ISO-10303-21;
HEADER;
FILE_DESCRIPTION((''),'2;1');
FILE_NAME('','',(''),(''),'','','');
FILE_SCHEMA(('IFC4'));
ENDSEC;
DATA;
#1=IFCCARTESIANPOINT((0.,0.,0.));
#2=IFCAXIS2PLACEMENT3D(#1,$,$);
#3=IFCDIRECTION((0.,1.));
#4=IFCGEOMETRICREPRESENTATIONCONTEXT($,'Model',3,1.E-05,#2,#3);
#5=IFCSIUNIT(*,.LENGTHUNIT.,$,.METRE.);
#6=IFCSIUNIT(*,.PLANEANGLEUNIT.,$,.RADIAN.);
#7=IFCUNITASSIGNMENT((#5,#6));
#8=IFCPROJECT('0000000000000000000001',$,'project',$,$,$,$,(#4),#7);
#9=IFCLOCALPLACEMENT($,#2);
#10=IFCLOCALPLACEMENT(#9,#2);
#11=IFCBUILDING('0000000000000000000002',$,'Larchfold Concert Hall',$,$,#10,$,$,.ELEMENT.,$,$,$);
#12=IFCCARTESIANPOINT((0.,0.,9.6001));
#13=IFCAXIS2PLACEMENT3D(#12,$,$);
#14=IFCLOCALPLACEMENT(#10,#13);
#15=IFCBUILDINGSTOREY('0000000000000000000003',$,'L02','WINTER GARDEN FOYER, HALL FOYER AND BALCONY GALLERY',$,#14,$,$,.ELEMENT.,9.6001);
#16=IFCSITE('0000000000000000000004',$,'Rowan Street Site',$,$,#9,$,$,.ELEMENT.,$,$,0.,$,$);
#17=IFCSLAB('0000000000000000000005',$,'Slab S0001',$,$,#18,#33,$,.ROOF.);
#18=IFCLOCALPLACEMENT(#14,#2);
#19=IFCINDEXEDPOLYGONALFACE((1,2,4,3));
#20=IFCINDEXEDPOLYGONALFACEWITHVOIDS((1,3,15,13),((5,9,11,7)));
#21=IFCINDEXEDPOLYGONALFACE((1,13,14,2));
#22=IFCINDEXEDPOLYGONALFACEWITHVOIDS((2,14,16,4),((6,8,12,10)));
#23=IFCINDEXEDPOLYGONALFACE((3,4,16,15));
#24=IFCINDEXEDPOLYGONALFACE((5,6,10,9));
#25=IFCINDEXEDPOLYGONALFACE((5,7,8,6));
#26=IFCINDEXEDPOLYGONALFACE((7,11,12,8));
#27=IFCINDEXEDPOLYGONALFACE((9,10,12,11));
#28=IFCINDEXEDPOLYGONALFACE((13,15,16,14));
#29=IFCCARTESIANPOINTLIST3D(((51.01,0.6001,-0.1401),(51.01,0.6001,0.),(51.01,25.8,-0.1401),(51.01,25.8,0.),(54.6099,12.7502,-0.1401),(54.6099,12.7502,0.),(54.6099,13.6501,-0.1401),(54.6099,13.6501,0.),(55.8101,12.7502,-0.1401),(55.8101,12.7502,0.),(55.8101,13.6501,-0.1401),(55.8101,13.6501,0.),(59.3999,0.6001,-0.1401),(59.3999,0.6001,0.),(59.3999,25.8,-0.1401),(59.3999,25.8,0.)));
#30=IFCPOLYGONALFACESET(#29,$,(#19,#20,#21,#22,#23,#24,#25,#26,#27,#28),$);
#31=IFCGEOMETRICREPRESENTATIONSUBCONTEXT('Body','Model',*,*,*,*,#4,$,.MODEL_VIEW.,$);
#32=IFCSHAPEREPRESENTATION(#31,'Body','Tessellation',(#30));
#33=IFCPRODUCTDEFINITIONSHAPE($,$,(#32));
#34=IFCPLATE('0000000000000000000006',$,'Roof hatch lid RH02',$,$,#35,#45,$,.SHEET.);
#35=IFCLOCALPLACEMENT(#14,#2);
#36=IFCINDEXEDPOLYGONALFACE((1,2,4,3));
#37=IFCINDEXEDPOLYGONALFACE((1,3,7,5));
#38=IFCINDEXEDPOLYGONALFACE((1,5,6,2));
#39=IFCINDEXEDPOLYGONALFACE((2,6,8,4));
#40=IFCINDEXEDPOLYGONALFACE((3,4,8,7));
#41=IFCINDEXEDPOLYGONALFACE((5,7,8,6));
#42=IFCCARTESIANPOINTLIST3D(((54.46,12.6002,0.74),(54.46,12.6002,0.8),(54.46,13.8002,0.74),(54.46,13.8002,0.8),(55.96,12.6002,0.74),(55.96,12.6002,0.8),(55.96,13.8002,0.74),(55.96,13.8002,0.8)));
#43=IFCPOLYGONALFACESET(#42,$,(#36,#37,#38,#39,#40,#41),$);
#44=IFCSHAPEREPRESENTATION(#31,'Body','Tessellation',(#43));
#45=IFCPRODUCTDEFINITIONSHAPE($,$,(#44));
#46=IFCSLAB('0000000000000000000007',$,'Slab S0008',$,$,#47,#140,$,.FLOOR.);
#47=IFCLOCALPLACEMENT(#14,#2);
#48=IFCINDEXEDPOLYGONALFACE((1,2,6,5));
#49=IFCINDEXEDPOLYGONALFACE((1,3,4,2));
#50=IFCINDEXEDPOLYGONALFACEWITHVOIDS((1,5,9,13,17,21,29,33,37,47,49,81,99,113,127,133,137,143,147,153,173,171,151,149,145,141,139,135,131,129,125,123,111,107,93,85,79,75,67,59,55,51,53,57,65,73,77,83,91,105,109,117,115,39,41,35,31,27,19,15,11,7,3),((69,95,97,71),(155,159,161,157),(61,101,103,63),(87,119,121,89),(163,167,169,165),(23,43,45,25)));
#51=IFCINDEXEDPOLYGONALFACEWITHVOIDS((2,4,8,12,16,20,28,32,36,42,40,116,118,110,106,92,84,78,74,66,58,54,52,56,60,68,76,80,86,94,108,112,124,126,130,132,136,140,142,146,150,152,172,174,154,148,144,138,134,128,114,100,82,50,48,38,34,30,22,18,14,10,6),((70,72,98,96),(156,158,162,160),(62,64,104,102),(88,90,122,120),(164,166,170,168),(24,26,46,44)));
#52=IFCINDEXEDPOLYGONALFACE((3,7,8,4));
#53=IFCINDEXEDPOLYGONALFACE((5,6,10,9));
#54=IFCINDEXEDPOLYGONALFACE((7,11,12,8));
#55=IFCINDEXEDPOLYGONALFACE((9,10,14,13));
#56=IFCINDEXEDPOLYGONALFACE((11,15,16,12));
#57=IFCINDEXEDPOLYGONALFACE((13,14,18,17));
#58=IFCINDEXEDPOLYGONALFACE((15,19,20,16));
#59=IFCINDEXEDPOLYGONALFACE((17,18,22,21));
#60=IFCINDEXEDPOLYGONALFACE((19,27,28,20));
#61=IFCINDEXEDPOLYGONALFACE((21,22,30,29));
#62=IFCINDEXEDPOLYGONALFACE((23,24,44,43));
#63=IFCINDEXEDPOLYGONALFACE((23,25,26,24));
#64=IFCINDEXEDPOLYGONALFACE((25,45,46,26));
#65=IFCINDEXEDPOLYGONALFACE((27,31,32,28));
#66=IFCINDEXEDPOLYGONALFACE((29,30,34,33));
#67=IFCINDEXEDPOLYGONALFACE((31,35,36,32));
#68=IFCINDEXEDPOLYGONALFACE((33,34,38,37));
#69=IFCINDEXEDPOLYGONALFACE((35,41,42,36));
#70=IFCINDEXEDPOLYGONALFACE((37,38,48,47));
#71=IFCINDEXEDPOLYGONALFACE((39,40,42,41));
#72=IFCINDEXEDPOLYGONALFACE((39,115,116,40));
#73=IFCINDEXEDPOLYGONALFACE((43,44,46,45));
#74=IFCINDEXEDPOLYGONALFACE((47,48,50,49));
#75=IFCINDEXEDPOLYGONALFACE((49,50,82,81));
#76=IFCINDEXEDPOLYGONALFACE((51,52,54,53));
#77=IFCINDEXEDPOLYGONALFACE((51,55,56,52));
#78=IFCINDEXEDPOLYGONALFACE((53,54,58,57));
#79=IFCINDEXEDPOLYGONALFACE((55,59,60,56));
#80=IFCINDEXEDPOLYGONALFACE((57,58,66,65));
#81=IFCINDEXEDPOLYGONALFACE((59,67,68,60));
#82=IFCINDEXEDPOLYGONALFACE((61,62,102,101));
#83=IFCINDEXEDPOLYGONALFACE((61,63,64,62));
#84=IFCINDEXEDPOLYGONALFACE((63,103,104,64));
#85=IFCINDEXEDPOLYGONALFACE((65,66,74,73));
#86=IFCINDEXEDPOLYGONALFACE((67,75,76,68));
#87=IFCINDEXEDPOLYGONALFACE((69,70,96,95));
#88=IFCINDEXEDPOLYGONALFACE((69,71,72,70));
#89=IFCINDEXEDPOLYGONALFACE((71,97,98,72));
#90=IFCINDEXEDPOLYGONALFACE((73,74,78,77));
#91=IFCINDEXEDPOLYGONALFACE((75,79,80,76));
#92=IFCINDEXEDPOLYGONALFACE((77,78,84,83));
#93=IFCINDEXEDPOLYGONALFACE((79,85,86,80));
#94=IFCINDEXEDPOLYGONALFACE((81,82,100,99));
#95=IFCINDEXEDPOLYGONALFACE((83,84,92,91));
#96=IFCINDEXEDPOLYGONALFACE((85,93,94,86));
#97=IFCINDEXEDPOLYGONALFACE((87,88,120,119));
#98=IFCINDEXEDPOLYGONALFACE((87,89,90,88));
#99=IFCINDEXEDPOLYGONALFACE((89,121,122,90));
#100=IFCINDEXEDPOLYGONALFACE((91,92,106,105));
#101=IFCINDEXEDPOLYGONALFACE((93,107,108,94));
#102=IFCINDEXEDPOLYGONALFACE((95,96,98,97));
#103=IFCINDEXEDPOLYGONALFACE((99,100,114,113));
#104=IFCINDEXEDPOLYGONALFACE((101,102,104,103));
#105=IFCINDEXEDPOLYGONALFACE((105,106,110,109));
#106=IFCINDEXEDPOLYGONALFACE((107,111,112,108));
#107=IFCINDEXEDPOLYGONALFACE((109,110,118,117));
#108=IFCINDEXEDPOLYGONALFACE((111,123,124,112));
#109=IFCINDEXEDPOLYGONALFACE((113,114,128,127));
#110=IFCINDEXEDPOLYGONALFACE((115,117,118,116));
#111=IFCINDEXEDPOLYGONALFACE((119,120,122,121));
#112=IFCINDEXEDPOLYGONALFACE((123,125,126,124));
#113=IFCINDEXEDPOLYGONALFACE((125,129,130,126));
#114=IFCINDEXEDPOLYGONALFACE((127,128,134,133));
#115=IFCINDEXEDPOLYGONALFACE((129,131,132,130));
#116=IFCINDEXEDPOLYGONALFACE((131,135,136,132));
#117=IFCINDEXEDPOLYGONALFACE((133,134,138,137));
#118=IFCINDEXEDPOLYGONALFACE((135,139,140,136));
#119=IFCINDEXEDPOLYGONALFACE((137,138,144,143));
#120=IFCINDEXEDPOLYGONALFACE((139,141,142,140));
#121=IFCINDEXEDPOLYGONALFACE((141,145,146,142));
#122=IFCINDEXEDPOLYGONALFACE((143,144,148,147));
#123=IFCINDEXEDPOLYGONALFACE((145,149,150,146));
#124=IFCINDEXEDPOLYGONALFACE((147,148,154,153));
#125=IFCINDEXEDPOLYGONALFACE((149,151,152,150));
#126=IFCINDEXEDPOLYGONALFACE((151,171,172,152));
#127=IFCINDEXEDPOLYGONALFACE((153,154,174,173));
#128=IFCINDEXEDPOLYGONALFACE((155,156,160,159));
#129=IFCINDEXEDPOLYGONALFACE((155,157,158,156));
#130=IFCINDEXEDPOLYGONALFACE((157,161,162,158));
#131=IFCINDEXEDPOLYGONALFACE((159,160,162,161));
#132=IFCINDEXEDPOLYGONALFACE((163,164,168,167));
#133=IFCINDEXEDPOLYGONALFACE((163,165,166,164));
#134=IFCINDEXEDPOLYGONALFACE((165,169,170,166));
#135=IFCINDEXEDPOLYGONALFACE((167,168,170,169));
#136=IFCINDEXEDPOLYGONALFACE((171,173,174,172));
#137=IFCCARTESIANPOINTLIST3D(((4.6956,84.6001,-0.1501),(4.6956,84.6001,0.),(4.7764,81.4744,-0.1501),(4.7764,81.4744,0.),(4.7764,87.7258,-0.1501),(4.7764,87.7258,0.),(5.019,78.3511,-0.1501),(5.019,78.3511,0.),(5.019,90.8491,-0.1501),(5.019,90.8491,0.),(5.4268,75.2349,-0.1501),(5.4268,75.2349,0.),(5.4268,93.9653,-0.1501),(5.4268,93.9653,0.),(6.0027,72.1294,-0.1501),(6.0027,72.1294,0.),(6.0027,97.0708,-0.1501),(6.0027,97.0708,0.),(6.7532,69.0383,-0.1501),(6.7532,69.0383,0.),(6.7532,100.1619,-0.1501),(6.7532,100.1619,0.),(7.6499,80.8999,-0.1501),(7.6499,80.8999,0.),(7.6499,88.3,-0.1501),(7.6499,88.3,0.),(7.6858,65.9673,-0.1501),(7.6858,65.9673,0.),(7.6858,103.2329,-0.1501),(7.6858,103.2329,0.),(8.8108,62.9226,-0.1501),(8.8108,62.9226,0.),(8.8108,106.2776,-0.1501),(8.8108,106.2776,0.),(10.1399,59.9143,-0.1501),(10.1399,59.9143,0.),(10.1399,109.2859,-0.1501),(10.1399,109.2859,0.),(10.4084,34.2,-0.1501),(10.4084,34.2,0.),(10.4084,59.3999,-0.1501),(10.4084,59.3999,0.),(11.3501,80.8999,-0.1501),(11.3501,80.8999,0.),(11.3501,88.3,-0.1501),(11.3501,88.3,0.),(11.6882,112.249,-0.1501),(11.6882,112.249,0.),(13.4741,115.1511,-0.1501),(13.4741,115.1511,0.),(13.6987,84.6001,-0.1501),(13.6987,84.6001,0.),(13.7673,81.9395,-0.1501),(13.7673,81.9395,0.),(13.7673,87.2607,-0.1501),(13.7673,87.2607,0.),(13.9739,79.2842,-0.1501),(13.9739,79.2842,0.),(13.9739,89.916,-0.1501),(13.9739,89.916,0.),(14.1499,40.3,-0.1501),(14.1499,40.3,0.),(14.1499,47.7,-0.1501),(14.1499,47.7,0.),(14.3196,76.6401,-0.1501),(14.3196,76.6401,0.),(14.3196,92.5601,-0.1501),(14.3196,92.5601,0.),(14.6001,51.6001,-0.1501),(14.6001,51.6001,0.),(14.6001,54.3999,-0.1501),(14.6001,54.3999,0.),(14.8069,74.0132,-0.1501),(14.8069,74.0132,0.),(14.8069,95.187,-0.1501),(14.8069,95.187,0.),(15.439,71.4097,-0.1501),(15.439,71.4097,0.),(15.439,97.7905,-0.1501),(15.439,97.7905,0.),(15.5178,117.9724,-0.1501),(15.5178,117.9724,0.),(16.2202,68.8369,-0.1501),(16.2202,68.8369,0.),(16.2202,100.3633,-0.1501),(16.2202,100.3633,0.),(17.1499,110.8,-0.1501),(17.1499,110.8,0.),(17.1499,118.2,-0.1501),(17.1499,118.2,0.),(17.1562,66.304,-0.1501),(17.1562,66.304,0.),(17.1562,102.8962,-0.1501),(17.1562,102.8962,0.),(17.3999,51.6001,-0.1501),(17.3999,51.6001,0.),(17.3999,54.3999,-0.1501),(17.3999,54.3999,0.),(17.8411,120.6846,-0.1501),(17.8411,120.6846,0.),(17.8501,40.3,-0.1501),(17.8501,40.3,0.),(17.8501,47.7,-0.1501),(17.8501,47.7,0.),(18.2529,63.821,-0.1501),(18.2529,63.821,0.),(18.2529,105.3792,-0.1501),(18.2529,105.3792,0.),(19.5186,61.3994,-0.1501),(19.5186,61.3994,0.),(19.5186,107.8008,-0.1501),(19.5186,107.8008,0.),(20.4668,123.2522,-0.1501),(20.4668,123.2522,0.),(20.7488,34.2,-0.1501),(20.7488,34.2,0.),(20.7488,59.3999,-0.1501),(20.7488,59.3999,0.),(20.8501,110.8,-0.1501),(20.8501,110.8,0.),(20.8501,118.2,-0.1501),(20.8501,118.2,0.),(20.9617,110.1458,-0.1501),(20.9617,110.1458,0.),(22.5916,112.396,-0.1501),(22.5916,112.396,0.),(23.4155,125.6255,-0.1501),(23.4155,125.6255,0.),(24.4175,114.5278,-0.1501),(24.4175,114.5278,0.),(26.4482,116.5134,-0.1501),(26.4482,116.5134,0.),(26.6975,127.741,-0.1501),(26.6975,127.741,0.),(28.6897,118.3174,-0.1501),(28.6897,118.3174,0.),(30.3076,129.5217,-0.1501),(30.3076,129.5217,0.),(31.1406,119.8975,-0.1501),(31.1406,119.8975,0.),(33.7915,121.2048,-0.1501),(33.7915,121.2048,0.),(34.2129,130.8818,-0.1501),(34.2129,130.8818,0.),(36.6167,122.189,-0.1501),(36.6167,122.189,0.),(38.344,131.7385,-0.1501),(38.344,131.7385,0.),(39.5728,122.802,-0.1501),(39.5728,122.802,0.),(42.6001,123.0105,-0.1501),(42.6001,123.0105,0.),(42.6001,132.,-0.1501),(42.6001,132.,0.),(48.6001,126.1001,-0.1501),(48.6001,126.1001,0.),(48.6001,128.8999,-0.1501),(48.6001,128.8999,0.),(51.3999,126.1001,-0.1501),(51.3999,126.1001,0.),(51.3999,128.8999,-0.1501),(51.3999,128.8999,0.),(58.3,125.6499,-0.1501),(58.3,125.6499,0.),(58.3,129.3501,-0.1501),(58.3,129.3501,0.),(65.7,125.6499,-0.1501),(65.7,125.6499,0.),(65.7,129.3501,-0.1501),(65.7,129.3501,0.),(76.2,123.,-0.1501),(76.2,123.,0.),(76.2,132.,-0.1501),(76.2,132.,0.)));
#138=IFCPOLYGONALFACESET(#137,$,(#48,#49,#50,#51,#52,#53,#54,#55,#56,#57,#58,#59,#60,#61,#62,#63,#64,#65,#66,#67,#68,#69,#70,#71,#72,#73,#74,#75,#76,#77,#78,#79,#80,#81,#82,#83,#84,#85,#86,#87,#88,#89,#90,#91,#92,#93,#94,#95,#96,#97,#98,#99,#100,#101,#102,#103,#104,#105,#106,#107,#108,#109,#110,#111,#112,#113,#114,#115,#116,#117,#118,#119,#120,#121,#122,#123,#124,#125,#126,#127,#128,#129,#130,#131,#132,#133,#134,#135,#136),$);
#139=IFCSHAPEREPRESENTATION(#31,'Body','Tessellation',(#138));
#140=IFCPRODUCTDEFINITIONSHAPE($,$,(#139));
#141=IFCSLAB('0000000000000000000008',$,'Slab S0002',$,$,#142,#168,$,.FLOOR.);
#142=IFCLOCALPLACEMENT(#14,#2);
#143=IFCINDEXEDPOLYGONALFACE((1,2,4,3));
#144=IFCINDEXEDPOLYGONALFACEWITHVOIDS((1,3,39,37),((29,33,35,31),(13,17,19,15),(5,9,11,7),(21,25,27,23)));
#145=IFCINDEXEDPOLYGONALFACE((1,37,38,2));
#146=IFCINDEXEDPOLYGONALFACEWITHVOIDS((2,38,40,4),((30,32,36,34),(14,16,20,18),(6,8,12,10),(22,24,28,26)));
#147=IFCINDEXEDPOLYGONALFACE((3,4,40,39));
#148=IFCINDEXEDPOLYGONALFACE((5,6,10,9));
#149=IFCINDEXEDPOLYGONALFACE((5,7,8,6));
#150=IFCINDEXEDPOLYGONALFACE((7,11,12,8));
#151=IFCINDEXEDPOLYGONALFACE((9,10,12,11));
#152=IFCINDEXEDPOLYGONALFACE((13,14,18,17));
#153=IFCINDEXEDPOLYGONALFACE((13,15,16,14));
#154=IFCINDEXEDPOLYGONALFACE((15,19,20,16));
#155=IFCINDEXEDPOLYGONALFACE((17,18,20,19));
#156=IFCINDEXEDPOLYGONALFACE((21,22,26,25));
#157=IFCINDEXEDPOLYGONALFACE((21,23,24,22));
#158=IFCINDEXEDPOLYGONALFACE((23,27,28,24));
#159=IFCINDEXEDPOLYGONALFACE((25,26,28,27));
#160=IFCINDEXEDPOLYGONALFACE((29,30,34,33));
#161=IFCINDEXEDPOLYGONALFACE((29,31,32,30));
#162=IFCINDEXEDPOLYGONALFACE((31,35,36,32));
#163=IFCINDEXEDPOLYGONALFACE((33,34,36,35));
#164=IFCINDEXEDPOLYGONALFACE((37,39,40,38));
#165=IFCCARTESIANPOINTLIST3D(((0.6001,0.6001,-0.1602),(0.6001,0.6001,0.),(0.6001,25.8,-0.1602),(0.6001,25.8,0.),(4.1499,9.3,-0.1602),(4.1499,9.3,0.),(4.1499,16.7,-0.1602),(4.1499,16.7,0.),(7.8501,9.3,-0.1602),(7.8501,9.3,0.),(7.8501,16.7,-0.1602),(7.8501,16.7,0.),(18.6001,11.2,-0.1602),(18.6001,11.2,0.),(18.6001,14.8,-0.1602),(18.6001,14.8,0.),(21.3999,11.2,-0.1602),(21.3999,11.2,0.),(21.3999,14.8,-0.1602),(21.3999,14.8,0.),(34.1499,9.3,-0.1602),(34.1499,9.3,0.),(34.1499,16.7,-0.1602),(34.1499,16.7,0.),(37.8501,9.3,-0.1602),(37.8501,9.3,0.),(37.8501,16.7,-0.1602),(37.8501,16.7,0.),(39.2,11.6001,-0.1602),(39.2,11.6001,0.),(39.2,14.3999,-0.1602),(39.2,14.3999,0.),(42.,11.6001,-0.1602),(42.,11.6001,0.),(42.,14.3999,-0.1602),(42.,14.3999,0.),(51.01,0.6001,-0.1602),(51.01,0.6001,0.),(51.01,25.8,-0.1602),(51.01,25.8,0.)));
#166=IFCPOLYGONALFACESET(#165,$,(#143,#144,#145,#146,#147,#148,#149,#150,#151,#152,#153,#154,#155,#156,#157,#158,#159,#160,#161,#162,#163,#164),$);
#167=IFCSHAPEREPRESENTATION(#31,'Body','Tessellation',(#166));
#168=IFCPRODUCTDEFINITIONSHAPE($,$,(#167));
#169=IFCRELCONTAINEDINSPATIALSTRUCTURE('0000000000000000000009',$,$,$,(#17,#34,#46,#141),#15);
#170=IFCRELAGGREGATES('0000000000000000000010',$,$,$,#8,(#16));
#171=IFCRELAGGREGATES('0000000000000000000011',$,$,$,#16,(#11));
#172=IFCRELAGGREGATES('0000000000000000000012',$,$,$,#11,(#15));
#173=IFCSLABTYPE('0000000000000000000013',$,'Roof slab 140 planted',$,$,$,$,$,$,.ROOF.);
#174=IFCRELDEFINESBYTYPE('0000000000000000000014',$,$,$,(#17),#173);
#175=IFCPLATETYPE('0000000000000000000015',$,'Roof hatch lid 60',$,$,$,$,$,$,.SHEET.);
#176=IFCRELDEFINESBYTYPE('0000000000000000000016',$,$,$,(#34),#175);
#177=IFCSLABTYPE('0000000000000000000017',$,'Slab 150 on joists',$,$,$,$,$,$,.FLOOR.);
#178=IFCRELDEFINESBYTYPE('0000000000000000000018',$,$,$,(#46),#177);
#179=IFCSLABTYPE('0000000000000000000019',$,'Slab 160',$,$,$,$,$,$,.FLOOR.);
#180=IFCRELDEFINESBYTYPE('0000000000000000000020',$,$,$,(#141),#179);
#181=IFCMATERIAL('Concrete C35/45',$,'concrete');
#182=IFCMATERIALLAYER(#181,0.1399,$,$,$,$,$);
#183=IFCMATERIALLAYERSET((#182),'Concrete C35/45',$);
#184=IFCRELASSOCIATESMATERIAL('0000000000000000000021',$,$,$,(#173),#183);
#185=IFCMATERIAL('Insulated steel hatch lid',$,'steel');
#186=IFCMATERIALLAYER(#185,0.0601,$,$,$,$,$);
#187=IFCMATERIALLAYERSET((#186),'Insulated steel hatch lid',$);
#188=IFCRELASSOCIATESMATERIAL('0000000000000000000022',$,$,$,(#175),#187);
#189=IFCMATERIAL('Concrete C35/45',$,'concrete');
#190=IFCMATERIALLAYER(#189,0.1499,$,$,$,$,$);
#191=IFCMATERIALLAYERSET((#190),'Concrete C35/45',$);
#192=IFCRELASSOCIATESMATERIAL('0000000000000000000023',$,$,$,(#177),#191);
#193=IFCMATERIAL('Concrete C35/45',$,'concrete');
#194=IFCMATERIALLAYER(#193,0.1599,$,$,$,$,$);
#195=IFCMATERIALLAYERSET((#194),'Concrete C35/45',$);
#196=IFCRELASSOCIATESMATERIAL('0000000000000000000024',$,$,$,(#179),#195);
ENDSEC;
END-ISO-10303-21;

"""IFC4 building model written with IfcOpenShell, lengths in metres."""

from ifc_helpers import new_model, si_unit, direction, frame, origin, origin_2d, place, context, subcontext, project, spatial, polyline, rectangle, outline, extrude, material, layer, layer_set, type_object, element, fill, save


model = new_model("IFC4")

# Units and contexts
model_context = context("Model", 3, precision=1e-05, world=origin(), true_north=direction((0.0, 1.0)))
body_context = subcontext(model_context, "Body", "Model", "MODEL_VIEW")
ifc_project = project(units=[si_unit("LENGTHUNIT", "METRE"), si_unit("PLANEANGLEUNIT", "RADIAN")], contexts=[model_context])

# Site, building, storey
site_placement = place(None, origin())
site = spatial("IfcSite", under=ifc_project, at=site_placement, Name="Rowan Street Site", CompositionType="ELEMENT", RefElevation=0.0)
building_placement = place(site_placement, origin())
building = spatial("IfcBuilding", under=site, at=building_placement, Name="Larchfold Concert Hall", CompositionType="ELEMENT")
storey_placement = place(building_placement, frame((0.0, 0.0, 9.6001)))
storey = spatial("IfcBuildingStorey", under=building, at=storey_placement, Name="L02", Description="WINTER GARDEN FOYER, HALL FOYER AND BALCONY GALLERY", CompositionType="ELEMENT", Elevation=9.6001)

# Slab, opening, plate
ifc_material_1 = material(Name="Concrete C35/45", Category="concrete")
ifc_layer_1 = layer(ifc_material_1, 0.1399)
ifc_layer_set_1 = layer_set([ifc_layer_1], Name="Concrete C35/45")
slab_type_1 = type_object("IfcSlabType", Name="Roof slab 140 planted", PredefinedType="ROOF", material=ifc_layer_set_1)
slab_1_placement = place(storey_placement, frame((0.0, 0.0, -0.1401)))
slab_1 = element("IfcSlab", 1, at=slab_1_placement, inside=storey, type_object=slab_type_1, Name="Slab S0001", PredefinedType="ROOF", context=body_context, shape_type="SweptSolid", body=[
    extrude(outline(polyline([(59.3999, 25.8), (51.01, 25.8), (51.01, 0.6001), (59.3999, 0.6001), (59.3999, 25.8)])), origin(), (0.0, 0.0, 1.0), 0.1401),
])
opening_1_placement = place(storey_placement, frame((0.0, 0.0, -0.1501)))
opening_1 = element("IfcOpeningElement", 2, at=opening_1_placement, cuts=slab_1, PredefinedType="OPENING", context=body_context, shape_type="SweptSolid", body=[
    extrude(outline(polyline([(55.8101, 12.7502), (55.8101, 13.6501), (54.6099, 13.6501), (54.6099, 12.7502), (55.8101, 12.7502)])), origin(), (0.0, 0.0, 1.0), 0.1602),
])
ifc_material_2 = material(Name="Insulated steel hatch lid", Category="steel")
ifc_layer_2 = layer(ifc_material_2, 0.0601)
ifc_layer_set_2 = layer_set([ifc_layer_2], Name="Insulated steel hatch lid")
plate_type = type_object("IfcPlateType", Name="Roof hatch lid 60", PredefinedType="SHEET", material=ifc_layer_set_2)
plate_1_placement = place(storey_placement, frame((55.21, 13.2002, 0.74), z_axis=(0.0, 0.0, 1.0), x_axis=(1.0, 0.0, 0.0)))
plate_1 = element("IfcPlate", 3, at=plate_1_placement, inside=storey, type_object=plate_type, Name="Roof hatch lid RH02", PredefinedType="SHEET", context=body_context, shape_type="SweptSolid", body=[
    extrude(rectangle(XDim=1.5, YDim=1.2, at=origin_2d()), origin(), (0.0, 0.0, 1.0), 0.0601),
])
fill(opening_1, plate_1)

# Slabs
ifc_material_3 = material(Name="Concrete C35/45", Category="concrete")
ifc_layer_3 = layer(ifc_material_3, 0.1499)
ifc_layer_set_3 = layer_set([ifc_layer_3], Name="Concrete C35/45")
slab_type_2 = type_object("IfcSlabType", Name="Slab 150 on joists", PredefinedType="FLOOR", material=ifc_layer_set_3)
slab_2_placement = place(storey_placement, frame((0.0, 0.0, -0.1501)))
element("IfcSlab", 4, at=slab_2_placement, inside=storey, type_object=slab_type_2, Name="Slab S0008", PredefinedType="FLOOR", context=body_context, shape_type="SweptSolid", body=[
    extrude(outline(polyline([(20.7488, 34.2), (20.7488, 59.3999), (19.5186, 61.3994), (18.2529, 63.821), (17.1562, 66.304), (16.2202, 68.8369), (15.439, 71.4097), (14.8069, 74.0132), (14.3196, 76.6401), (13.9739, 79.2842), (13.7673, 81.9395), (13.6987, 84.6001), (13.7673, 87.2607), (13.9739, 89.916), (14.3196, 92.5601), (14.8069, 95.187), (15.439, 97.7905), (16.2202, 100.3633), (17.1562, 102.8962), (18.2529, 105.3792), (19.5186, 107.8008), (20.9617, 110.1458), (22.5916, 112.396), (24.4175, 114.5278), (26.4482, 116.5134), (28.6897, 118.3174), (31.1406, 119.8975), (33.7915, 121.2048), (36.6167, 122.189), (39.5728, 122.802), (42.6001, 123.0105), (76.2, 123.0), (76.2, 132.0), (42.6001, 132.0), (38.344, 131.7385), (34.2129, 130.8818), (30.3076, 129.5217), (26.6975, 127.741), (23.4155, 125.6255), (20.4668, 123.2522), (17.8411, 120.6846), (15.5178, 117.9724), (13.4741, 115.1511), (11.6882, 112.249), (10.1399, 109.2859), (8.8108, 106.2776), (7.6858, 103.2329), (6.7532, 100.1619), (6.0027, 97.0708), (5.4268, 93.9653), (5.019, 90.8491), (4.7764, 87.7258), (4.6956, 84.6001), (4.7764, 81.4744), (5.019, 78.3511), (5.4268, 75.2349), (6.0027, 72.1294), (6.7532, 69.0383), (7.6858, 65.9673), (8.8108, 62.9226), (10.1399, 59.9143), (10.4084, 59.3999), (10.4084, 34.2), (20.7488, 34.2)]), holes=[polyline([(14.1499, 40.3), (14.1499, 47.7), (17.8501, 47.7), (17.8501, 40.3), (14.1499, 40.3)]), polyline([(14.6001, 54.3999), (17.3999, 54.3999), (17.3999, 51.6001), (14.6001, 51.6001), (14.6001, 54.3999)]), polyline([(7.6499, 88.3), (11.3501, 88.3), (11.3501, 80.8999), (7.6499, 80.8999), (7.6499, 88.3)]), polyline([(17.1499, 110.8), (17.1499, 118.2), (20.8501, 118.2), (20.8501, 110.8), (17.1499, 110.8)]), polyline([(48.6001, 128.8999), (51.3999, 128.8999), (51.3999, 126.1001), (48.6001, 126.1001), (48.6001, 128.8999)]), polyline([(58.3, 129.3501), (65.7, 129.3501), (65.7, 125.6499), (58.3, 125.6499), (58.3, 129.3501)])]), origin(), (0.0, 0.0, 1.0), 0.1501),
])
ifc_material_4 = material(Name="Concrete C35/45", Category="concrete")
ifc_layer_4 = layer(ifc_material_4, 0.1599)
ifc_layer_set_4 = layer_set([ifc_layer_4], Name="Concrete C35/45")
slab_type_3 = type_object("IfcSlabType", Name="Slab 160", PredefinedType="FLOOR", material=ifc_layer_set_4)
slab_3_placement = place(storey_placement, frame((0.0, 0.0, -0.1602)))
element("IfcSlab", 5, at=slab_3_placement, inside=storey, type_object=slab_type_3, Name="Slab S0002", PredefinedType="FLOOR", context=body_context, shape_type="SweptSolid", body=[
    extrude(outline(polyline([(0.6001, 25.8), (0.6001, 0.6001), (51.01, 0.6001), (51.01, 25.8), (0.6001, 25.8)]), holes=[polyline([(7.8501, 9.3), (4.1499, 9.3), (4.1499, 16.7), (7.8501, 16.7), (7.8501, 9.3)]), polyline([(21.3999, 11.2), (18.6001, 11.2), (18.6001, 14.8), (21.3999, 14.8), (21.3999, 11.2)]), polyline([(37.8501, 9.3), (34.1499, 9.3), (34.1499, 16.7), (37.8501, 16.7), (37.8501, 9.3)]), polyline([(42.0, 11.6001), (39.2, 11.6001), (39.2, 14.3999), (42.0, 14.3999), (42.0, 11.6001)])]), origin(), (0.0, 0.0, 1.0), 0.1602),
])

save(model, "model.ifc")
